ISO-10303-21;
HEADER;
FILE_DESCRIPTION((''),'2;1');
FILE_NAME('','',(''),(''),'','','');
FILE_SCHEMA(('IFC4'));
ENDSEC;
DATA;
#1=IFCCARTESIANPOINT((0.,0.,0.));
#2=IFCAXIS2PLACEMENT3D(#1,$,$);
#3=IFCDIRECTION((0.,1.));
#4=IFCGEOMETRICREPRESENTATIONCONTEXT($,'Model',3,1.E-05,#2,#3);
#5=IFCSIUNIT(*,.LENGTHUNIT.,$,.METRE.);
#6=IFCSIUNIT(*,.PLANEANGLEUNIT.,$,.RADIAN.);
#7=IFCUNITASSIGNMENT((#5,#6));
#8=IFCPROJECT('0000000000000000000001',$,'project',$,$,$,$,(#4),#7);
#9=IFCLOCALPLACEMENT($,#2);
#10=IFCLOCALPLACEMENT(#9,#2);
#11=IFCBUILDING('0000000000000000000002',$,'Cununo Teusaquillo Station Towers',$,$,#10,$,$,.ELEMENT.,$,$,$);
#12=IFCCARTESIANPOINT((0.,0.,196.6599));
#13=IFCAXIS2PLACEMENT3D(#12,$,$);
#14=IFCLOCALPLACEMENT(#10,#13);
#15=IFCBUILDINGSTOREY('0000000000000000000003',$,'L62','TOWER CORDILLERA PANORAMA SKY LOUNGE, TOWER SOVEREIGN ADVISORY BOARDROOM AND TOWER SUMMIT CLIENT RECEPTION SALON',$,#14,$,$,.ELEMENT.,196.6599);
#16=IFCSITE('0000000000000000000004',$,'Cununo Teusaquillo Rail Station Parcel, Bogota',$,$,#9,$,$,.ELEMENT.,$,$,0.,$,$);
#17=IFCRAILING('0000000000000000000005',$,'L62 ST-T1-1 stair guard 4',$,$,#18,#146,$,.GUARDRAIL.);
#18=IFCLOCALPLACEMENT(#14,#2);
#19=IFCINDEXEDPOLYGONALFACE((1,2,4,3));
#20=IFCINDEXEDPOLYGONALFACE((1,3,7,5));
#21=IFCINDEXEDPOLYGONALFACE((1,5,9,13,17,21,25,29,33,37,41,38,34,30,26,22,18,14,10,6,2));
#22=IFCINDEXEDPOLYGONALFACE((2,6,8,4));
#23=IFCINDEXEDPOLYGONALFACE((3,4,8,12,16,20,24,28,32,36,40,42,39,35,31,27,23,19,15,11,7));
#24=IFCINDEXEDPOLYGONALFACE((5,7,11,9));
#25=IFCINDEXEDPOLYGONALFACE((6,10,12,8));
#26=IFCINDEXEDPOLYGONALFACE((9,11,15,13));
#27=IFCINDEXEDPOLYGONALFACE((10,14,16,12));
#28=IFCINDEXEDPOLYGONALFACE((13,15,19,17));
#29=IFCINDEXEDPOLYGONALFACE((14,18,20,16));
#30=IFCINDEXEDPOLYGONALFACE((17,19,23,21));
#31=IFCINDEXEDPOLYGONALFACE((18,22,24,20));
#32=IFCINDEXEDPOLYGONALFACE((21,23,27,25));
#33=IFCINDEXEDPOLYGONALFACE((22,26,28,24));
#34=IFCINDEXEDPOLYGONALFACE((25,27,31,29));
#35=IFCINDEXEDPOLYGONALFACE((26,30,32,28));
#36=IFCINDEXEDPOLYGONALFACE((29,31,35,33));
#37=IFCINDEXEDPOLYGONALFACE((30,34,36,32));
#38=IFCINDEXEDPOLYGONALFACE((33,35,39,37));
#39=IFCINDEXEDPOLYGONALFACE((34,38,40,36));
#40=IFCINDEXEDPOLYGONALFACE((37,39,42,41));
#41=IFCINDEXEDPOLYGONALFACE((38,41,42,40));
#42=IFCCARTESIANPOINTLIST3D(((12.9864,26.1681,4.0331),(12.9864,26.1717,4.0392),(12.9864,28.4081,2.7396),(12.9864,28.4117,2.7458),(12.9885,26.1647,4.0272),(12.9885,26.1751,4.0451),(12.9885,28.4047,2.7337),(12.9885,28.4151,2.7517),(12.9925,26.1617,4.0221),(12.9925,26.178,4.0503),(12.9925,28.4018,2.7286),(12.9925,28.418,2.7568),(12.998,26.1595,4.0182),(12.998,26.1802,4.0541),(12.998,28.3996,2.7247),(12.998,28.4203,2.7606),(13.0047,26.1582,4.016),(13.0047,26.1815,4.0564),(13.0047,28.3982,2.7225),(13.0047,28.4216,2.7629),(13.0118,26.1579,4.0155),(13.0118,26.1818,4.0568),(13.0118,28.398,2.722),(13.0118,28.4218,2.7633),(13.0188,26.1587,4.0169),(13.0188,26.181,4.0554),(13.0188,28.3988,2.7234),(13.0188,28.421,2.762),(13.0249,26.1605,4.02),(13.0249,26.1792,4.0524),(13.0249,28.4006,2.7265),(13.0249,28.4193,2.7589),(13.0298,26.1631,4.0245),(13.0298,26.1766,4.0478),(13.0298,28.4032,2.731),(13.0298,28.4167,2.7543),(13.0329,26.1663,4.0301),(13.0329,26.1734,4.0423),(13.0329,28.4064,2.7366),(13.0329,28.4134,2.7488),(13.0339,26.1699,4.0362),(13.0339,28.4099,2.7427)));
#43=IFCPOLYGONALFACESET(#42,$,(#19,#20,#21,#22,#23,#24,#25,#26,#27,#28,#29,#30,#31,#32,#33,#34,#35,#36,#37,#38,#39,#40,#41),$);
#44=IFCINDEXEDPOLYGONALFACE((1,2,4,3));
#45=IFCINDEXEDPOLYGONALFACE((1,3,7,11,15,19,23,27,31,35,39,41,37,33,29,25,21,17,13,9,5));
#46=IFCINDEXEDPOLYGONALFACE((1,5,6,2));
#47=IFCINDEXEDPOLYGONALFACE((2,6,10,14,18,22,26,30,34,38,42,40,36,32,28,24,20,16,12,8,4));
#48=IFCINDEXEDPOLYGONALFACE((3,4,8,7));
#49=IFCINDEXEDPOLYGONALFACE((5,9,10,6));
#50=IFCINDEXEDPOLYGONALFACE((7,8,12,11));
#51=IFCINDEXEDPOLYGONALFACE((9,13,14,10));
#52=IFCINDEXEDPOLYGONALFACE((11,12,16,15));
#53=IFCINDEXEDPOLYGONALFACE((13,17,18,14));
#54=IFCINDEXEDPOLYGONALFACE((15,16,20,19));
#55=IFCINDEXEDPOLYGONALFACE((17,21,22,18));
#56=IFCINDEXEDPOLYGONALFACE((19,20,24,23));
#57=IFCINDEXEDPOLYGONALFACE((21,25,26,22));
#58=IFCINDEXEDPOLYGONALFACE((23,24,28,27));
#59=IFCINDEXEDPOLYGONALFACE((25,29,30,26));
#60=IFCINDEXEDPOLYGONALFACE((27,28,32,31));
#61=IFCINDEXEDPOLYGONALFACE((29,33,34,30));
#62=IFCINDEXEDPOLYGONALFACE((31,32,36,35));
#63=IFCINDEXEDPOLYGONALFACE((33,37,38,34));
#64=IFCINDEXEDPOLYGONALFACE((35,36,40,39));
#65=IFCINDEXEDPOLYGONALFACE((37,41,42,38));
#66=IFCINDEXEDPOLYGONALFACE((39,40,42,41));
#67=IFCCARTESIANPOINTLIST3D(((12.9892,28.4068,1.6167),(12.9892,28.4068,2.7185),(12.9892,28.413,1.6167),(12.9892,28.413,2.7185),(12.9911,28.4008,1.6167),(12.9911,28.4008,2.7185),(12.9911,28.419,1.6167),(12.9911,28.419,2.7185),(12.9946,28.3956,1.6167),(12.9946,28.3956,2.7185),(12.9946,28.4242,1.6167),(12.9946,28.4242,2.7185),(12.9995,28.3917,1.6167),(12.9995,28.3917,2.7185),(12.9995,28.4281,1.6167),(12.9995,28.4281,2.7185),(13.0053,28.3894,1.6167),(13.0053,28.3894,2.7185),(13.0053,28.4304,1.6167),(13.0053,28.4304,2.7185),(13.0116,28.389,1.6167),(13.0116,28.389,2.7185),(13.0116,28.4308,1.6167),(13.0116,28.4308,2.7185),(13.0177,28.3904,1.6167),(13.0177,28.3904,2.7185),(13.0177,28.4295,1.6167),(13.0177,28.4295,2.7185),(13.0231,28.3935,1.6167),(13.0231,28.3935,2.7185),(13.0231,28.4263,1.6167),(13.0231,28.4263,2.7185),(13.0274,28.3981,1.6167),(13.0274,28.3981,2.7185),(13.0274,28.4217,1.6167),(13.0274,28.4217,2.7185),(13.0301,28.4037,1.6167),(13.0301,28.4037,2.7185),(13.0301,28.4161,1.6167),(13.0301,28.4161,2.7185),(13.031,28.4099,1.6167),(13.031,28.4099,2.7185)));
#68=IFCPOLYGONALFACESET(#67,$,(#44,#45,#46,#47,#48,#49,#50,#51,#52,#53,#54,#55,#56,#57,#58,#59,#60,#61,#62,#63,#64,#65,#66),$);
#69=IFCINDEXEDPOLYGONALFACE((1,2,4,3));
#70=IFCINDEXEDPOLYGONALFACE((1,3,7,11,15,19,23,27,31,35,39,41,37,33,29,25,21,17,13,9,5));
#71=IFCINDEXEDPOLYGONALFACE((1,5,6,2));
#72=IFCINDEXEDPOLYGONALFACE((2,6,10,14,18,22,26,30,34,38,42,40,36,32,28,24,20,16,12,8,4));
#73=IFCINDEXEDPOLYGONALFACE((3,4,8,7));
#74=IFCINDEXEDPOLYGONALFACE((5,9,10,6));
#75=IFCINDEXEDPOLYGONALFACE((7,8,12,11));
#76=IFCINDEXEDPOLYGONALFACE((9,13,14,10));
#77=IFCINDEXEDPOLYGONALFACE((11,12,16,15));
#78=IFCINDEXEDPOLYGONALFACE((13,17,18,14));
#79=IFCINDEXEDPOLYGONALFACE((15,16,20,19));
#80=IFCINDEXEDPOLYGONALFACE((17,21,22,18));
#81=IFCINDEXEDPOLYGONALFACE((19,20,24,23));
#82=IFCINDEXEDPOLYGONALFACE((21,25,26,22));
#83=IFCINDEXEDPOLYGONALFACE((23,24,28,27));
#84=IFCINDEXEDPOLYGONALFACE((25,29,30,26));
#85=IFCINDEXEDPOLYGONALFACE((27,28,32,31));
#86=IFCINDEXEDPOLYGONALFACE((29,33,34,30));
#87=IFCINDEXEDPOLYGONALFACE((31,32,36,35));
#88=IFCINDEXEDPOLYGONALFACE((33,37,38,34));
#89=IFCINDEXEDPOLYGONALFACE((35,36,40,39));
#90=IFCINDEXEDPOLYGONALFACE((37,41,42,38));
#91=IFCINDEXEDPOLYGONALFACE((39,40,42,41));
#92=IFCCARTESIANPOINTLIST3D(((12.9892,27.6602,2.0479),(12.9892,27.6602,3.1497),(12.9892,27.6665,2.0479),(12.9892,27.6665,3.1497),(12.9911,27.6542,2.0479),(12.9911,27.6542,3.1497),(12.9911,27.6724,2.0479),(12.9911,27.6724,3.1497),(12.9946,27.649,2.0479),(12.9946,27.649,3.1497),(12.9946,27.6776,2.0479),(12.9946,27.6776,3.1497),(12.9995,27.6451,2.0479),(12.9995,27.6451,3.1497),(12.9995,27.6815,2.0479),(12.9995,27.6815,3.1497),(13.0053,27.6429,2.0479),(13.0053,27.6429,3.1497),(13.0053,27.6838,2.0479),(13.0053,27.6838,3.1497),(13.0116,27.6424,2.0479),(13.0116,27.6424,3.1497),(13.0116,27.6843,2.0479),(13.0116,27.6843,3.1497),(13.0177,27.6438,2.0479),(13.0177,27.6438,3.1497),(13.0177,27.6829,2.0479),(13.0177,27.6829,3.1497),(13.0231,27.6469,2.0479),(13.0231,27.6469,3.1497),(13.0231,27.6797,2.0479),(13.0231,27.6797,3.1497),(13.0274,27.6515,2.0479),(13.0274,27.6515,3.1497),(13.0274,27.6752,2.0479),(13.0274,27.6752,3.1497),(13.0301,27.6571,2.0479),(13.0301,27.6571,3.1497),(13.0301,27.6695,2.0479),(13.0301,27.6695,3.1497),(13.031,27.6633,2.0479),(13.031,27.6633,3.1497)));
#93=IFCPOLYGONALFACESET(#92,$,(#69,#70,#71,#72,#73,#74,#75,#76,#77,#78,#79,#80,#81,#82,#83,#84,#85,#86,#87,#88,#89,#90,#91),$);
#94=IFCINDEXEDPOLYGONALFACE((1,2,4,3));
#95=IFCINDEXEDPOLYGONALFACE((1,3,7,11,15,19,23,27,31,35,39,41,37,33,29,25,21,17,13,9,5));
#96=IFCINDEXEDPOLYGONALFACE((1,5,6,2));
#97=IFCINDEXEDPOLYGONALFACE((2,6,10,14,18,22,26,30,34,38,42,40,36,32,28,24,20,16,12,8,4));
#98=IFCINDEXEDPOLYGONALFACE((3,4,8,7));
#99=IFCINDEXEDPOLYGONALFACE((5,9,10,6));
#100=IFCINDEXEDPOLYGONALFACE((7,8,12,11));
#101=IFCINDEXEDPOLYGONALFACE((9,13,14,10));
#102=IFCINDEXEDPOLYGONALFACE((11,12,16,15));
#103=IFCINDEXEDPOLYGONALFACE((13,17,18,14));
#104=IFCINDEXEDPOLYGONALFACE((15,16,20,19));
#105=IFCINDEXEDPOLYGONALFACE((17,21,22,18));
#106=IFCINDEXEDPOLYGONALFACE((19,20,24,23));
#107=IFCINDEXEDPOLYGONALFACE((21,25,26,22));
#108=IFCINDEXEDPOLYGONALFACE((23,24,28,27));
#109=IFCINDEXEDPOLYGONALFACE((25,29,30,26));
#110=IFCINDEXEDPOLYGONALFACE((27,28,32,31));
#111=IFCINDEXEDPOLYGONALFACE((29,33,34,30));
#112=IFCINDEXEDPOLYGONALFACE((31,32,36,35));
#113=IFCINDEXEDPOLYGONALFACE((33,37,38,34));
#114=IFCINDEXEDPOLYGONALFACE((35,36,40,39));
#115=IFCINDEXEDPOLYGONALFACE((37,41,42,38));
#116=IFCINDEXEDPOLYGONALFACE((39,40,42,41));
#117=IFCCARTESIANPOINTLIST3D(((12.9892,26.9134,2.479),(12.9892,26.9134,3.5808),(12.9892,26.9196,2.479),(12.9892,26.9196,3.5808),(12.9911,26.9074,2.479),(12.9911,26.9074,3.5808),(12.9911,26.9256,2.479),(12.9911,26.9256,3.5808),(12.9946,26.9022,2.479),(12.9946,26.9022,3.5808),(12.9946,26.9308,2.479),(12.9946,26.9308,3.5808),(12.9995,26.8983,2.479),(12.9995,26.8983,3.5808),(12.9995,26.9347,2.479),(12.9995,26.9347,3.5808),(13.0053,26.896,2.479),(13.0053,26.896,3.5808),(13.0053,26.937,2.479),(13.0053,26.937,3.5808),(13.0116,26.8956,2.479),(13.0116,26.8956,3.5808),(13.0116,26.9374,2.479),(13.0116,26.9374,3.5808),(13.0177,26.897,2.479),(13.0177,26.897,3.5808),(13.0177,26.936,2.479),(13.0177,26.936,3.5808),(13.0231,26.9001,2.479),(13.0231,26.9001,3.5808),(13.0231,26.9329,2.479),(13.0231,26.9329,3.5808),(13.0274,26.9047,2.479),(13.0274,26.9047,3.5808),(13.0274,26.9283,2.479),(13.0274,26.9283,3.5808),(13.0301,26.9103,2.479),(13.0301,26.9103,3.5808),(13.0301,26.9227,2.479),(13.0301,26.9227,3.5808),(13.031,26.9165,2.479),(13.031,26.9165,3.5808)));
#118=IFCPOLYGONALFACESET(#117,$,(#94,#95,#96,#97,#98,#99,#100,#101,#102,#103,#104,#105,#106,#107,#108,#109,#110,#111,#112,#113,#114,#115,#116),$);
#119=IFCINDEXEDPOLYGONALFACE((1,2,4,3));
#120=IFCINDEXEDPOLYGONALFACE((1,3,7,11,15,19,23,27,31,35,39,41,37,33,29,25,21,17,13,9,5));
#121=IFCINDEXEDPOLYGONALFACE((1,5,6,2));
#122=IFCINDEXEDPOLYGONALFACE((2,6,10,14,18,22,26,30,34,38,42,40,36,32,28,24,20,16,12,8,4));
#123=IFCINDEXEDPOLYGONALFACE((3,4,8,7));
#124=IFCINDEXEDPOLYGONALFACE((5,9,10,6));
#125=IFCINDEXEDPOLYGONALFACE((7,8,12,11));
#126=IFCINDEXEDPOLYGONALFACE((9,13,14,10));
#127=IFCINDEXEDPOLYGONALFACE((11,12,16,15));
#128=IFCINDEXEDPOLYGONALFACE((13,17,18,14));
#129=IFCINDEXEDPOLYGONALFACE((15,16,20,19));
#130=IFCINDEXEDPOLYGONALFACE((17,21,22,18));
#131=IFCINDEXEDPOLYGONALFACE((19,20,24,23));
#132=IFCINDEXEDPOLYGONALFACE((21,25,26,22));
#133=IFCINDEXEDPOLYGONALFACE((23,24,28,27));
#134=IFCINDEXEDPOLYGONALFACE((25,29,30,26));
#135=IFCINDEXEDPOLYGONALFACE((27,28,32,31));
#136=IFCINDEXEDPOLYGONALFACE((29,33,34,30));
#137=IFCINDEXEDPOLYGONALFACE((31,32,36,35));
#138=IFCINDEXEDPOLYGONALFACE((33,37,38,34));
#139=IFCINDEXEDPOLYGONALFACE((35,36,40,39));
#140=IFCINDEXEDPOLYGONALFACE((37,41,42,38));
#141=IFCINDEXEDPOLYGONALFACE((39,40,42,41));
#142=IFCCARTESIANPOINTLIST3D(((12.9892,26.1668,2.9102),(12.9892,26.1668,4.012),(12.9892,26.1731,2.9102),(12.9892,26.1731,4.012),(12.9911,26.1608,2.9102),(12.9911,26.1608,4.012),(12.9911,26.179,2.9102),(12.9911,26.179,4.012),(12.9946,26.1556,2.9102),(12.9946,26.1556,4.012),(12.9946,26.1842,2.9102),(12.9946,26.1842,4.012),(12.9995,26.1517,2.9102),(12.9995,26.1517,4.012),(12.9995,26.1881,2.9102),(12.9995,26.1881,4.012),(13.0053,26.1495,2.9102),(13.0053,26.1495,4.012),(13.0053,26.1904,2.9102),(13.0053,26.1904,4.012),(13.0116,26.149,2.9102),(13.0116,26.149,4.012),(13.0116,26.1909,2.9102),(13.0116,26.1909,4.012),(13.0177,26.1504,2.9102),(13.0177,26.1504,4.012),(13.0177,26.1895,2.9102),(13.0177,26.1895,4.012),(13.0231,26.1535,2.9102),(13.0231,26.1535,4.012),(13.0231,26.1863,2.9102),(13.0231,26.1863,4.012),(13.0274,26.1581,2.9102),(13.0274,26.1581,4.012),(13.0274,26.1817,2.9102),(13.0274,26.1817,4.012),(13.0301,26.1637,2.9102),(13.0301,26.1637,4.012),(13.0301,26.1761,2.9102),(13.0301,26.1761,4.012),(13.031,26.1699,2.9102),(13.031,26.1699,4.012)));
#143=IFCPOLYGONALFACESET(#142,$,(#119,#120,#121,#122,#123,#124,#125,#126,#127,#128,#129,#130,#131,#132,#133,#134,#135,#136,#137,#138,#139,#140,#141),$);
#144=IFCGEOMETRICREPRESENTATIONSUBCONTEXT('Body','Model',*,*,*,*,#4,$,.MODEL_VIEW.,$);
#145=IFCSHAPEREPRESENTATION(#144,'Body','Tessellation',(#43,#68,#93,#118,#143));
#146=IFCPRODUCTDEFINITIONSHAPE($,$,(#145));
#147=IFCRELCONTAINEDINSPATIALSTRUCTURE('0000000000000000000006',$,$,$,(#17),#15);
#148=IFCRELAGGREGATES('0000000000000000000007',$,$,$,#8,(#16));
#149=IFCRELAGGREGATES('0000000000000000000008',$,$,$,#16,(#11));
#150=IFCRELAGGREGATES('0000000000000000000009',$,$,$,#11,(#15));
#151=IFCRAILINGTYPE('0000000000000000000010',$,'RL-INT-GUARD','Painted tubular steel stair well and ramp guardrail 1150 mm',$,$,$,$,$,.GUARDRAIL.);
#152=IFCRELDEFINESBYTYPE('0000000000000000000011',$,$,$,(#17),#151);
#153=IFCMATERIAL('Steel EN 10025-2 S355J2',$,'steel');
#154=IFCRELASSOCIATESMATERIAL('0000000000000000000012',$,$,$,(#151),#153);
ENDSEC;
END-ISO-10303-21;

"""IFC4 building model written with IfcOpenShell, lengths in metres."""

from ifc_helpers import new_model, si_unit, direction, frame, origin, origin_2d, place, context, subcontext, project, spatial, circle, extrude, material, type_object, element, save


model = new_model("IFC4")

# Units and contexts
model_context = context("Model", 3, precision=1e-05, world=origin(), true_north=direction((0.0, 1.0)))
body_context = subcontext(model_context, "Body", "Model", "MODEL_VIEW")
ifc_project = project(units=[si_unit("LENGTHUNIT", "METRE"), si_unit("PLANEANGLEUNIT", "RADIAN")], contexts=[model_context])

# Site, building, storey
site_placement = place(None, origin())
site = spatial("IfcSite", under=ifc_project, at=site_placement, Name="Cununo Teusaquillo Rail Station Parcel, Bogota", CompositionType="ELEMENT", RefElevation=0.0)
building_placement = place(site_placement, origin())
building = spatial("IfcBuilding", under=site, at=building_placement, Name="Cununo Teusaquillo Station Towers", CompositionType="ELEMENT")
storey_placement = place(building_placement, frame((0.0, 0.0, 196.6599)))
storey = spatial("IfcBuildingStorey", under=building, at=storey_placement, Name="L62", Description="TOWER CORDILLERA PANORAMA SKY LOUNGE, TOWER SOVEREIGN ADVISORY BOARDROOM AND TOWER SUMMIT CLIENT RECEPTION SALON", CompositionType="ELEMENT", Elevation=196.6599)

# Railing
ifc_material_1 = material(Name="Steel EN 10025-2 S355J2", Category="steel")
railing_type_1 = type_object("IfcRailingType", Name="RL-INT-GUARD", Description="Painted tubular steel stair well and ramp guardrail 1150 mm", PredefinedType="GUARDRAIL", material=ifc_material_1)
railing_1_placement = place(storey_placement, frame((13.01, 28.4099, 1.6167)))
element("IfcRailing", 1, at=railing_1_placement, inside=storey, type_object=railing_type_1, Name="L62 ST-T1-1 stair guard 4", PredefinedType="GUARDRAIL", context=body_context, shape_type="SweptSolid", body=[
    extrude(circle(Radius=0.0239, at=origin_2d()), frame((0.0, 0.0, 1.126), z_axis=(0.0, -0.865992, 0.500057), x_axis=(1.0, 0.0, 0.0)), (0.0, 0.0, 1.0), 2.5867),
    extrude(circle(Radius=0.021, at=origin_2d()), origin(), (0.0, 0.0, 1.0), 1.1018),
    extrude(circle(Radius=0.021, at=origin_2d()), frame((0.0, -0.7466, 0.4312)), (0.0, 0.0, 1.0), 1.1018),
    extrude(circle(Radius=0.021, at=origin_2d()), frame((0.0, -1.4934, 0.8623)), (0.0, 0.0, 1.0), 1.1018),
    extrude(circle(Radius=0.021, at=origin_2d()), frame((0.0, -2.24, 1.2935)), (0.0, 0.0, 1.0), 1.1018),
])

save(model, "model.ifc")
